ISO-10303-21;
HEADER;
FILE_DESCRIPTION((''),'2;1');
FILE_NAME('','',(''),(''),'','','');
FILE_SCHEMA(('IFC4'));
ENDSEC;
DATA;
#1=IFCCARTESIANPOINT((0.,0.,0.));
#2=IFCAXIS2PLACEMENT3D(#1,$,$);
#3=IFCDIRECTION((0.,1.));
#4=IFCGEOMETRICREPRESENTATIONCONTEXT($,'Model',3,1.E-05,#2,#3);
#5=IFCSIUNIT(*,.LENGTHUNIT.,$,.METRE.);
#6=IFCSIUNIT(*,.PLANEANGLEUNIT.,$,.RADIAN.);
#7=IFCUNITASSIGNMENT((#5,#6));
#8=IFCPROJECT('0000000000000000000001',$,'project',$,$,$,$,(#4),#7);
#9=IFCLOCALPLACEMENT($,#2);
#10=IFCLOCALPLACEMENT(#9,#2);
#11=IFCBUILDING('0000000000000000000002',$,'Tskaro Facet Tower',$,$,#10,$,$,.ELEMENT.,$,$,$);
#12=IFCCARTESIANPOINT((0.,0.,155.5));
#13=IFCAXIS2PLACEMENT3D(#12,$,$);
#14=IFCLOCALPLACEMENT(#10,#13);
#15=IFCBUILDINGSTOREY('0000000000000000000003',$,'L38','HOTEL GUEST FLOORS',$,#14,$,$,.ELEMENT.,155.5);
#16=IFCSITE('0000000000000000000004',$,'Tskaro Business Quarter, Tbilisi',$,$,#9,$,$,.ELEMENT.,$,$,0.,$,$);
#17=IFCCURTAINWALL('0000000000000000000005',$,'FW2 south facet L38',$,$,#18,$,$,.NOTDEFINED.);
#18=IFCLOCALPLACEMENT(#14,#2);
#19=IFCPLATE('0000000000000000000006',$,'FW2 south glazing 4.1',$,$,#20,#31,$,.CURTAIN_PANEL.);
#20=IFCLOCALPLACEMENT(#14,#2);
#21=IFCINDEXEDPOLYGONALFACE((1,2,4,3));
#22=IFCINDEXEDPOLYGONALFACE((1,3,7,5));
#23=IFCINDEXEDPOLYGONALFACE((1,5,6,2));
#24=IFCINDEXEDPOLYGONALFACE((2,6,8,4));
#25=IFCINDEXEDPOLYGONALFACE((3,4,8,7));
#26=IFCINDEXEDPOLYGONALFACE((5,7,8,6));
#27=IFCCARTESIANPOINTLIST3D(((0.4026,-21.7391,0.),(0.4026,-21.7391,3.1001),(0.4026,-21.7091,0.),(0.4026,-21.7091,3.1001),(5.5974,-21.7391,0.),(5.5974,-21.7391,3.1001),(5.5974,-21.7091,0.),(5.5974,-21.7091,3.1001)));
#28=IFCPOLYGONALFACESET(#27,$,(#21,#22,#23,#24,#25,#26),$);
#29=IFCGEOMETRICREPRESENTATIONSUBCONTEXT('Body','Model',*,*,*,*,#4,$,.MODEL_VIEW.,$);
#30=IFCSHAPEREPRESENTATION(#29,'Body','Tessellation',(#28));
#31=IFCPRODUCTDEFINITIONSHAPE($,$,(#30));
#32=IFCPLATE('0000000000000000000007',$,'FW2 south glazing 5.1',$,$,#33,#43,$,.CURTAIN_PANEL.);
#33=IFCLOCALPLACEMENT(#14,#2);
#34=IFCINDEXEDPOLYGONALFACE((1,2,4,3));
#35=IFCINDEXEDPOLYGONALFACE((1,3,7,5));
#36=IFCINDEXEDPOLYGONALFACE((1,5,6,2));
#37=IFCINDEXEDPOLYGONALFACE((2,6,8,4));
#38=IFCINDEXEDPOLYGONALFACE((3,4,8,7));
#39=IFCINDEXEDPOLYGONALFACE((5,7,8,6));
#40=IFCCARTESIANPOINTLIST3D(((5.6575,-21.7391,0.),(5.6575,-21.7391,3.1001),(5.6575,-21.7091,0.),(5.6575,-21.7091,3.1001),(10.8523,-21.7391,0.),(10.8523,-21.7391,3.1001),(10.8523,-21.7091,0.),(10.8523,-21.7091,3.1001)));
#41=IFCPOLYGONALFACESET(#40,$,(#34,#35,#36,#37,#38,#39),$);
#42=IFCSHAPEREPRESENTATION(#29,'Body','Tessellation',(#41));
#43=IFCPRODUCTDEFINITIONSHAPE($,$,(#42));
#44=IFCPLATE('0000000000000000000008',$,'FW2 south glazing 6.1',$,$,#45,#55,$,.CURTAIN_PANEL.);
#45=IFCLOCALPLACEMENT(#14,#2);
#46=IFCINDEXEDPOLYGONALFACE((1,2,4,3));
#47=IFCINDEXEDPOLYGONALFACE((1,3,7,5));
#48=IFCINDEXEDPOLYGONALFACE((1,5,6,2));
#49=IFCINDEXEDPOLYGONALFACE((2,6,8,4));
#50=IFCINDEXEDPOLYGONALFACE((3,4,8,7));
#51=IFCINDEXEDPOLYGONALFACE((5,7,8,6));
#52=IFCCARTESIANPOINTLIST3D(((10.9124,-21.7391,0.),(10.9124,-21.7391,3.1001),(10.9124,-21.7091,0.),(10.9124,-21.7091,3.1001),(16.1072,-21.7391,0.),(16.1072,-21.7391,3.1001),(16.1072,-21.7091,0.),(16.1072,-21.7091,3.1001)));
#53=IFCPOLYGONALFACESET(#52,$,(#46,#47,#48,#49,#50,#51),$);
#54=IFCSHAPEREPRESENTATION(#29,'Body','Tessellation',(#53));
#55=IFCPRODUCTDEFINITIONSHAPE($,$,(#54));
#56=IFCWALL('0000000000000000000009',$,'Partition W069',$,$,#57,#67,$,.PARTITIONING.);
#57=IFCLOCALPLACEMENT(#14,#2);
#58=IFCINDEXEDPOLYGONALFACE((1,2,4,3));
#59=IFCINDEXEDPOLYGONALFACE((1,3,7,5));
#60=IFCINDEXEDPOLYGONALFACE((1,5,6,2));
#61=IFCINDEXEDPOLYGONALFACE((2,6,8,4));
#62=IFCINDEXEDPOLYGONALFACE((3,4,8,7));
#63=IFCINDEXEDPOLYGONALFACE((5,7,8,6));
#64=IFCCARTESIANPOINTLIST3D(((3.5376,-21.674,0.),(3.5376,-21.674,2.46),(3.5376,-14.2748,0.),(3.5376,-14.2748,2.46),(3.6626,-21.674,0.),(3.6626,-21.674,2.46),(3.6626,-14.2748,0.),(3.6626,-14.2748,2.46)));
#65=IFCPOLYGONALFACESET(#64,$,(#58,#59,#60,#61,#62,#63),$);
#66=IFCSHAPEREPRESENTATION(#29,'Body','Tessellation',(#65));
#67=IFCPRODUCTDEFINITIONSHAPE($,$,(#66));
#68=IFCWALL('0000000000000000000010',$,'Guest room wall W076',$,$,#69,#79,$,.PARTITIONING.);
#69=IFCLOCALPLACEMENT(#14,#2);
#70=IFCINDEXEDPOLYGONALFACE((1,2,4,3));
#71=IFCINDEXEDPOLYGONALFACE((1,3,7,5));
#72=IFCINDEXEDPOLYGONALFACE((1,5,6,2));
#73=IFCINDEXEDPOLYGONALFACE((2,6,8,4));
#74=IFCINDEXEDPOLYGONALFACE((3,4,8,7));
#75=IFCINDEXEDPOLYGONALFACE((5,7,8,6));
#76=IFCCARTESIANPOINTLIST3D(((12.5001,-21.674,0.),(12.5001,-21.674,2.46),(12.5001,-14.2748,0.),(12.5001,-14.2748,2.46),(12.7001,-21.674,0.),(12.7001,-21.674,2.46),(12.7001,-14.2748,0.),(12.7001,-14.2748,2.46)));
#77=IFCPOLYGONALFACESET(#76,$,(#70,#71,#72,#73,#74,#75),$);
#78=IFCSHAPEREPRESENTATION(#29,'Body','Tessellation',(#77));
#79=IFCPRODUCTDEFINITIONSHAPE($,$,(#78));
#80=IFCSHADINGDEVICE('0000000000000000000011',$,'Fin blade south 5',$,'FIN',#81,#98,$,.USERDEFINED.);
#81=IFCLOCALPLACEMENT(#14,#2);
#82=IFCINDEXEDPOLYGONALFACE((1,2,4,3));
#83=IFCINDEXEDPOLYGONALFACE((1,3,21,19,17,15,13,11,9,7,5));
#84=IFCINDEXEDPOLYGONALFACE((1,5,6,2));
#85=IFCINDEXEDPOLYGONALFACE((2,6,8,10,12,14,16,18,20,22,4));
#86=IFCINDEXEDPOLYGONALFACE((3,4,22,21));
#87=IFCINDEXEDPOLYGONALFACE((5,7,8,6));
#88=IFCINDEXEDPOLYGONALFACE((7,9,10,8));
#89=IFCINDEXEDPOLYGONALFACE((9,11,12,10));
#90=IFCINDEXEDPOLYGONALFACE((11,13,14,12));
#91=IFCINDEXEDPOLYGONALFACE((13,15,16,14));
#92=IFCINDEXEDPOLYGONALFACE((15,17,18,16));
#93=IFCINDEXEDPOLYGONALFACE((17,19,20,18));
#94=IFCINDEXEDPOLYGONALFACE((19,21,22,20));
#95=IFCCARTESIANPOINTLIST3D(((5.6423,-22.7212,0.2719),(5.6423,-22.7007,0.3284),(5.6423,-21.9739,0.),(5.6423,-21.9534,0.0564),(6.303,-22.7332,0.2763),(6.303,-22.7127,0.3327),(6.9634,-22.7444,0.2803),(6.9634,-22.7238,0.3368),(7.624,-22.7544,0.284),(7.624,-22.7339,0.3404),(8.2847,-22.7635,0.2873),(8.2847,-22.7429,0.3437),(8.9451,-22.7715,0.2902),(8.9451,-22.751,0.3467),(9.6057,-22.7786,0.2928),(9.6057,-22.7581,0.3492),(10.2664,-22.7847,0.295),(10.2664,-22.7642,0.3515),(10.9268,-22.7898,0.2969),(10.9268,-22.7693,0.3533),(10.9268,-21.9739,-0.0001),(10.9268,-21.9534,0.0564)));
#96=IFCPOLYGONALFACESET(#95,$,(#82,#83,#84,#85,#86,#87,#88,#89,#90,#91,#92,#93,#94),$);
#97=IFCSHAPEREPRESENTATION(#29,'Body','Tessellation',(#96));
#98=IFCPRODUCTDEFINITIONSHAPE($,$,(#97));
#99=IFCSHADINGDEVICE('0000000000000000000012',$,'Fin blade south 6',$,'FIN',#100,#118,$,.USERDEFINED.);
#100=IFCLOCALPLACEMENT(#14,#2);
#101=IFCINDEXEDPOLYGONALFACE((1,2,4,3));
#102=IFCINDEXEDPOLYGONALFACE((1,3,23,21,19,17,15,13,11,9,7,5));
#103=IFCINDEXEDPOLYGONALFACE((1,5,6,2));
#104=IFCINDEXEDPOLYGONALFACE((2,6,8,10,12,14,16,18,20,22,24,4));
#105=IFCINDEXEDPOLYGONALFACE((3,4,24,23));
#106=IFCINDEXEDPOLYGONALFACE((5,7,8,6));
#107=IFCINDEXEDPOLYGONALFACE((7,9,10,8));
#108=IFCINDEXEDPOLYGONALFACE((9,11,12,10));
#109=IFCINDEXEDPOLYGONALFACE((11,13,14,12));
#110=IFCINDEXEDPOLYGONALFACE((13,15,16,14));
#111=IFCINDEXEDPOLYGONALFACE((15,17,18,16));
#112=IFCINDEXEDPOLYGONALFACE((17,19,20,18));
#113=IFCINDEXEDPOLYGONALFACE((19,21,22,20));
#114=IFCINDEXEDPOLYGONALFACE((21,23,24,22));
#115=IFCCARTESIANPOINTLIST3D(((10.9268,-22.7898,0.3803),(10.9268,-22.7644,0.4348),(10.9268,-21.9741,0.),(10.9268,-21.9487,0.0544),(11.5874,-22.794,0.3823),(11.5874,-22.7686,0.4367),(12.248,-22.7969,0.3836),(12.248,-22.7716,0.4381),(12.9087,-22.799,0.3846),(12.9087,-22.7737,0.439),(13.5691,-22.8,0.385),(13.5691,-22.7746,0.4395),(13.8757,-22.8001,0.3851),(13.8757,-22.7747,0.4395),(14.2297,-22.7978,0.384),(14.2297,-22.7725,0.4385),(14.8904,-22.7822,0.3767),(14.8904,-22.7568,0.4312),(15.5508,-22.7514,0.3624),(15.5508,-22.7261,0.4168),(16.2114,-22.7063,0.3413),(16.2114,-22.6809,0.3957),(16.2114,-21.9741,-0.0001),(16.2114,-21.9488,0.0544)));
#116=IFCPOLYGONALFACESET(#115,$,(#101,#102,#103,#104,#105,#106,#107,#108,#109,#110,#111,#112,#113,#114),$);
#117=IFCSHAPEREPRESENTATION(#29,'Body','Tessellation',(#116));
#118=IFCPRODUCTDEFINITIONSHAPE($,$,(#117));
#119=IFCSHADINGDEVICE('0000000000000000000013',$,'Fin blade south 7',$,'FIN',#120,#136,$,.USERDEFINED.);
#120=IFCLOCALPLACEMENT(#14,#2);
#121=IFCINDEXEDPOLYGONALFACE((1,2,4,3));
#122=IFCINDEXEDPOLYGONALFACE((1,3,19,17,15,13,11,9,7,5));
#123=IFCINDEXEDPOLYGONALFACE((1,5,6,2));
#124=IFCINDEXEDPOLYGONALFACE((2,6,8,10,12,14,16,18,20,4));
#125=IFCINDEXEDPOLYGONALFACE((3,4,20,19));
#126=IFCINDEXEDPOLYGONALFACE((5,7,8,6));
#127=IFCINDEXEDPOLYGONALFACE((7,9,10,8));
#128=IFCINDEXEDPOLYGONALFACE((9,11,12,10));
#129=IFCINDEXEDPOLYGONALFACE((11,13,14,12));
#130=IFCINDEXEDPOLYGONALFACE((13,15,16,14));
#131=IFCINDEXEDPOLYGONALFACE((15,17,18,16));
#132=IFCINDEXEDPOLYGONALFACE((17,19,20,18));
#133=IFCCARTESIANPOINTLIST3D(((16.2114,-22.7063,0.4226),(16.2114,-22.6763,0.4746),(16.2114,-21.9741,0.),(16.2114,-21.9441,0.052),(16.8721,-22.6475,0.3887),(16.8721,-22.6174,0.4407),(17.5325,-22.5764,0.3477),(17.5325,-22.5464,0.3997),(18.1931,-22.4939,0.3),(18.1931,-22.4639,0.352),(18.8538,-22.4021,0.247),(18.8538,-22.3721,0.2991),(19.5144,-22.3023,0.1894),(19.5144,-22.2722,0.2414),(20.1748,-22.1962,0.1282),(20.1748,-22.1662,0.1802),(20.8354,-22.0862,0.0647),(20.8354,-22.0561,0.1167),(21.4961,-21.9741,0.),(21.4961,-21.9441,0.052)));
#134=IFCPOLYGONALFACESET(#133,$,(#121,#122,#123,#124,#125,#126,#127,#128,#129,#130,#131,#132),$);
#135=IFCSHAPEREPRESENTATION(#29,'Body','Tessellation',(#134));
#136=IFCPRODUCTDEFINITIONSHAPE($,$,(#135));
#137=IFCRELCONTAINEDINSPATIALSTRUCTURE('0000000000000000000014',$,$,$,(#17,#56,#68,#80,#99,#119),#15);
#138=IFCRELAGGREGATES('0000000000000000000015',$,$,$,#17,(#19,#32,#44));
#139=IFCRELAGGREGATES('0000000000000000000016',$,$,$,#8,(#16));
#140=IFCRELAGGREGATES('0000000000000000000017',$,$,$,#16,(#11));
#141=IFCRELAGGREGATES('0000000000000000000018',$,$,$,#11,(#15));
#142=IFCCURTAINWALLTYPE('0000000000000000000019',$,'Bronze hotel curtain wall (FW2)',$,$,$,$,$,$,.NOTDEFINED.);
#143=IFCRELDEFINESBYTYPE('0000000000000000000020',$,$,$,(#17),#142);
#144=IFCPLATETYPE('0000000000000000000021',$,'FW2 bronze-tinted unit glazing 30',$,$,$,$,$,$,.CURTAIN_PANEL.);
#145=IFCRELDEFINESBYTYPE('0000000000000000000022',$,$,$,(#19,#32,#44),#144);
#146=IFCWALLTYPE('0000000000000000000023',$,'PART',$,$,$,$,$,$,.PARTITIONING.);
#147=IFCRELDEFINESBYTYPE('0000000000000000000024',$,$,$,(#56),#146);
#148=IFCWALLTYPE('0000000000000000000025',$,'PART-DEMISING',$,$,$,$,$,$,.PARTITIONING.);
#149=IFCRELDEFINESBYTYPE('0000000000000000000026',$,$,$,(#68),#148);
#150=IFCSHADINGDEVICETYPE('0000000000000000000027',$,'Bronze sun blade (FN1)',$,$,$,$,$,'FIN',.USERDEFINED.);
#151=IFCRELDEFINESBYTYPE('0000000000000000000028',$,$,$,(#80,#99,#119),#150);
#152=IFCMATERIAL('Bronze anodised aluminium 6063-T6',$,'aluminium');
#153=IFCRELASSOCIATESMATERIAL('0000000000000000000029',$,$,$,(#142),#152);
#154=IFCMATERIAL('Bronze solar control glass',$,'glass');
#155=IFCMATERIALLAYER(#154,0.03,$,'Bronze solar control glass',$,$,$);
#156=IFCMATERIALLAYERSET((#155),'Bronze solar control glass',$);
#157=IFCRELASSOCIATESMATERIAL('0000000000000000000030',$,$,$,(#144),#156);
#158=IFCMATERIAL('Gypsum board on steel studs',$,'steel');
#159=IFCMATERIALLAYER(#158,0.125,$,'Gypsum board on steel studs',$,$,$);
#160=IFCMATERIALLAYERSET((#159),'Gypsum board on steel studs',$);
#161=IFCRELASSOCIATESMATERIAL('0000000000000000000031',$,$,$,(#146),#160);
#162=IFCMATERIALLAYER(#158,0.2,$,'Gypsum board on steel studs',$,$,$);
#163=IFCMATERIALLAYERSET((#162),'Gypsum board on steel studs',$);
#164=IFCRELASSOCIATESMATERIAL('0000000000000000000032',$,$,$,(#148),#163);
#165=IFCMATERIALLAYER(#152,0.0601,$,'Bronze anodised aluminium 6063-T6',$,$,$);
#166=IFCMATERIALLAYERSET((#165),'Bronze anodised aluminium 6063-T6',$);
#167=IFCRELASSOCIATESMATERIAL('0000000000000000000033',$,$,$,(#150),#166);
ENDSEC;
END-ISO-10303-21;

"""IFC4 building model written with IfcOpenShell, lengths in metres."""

from ifc_helpers import new_model, si_unit, direction, frame, frame_2d, origin, origin_2d, place, context, subcontext, project, spatial, polyline, rectangle, outline, extrude, material, layer, layer_set, type_object, element, aggregate, save


model = new_model("IFC4")

# Units and contexts
model_context = context("Model", 3, precision=1e-05, world=origin(), true_north=direction((0.0, 1.0)))
body_context = subcontext(model_context, "Body", "Model", "MODEL_VIEW")
ifc_project = project(units=[si_unit("LENGTHUNIT", "METRE"), si_unit("PLANEANGLEUNIT", "RADIAN")], contexts=[model_context])

# Site, building, storey
site_placement = place(None, origin())
site = spatial("IfcSite", under=ifc_project, at=site_placement, Name="Tskaro Business Quarter, Tbilisi", CompositionType="ELEMENT", RefElevation=0.0)
building_placement = place(site_placement, origin())
building = spatial("IfcBuilding", under=site, at=building_placement, Name="Tskaro Facet Tower", CompositionType="ELEMENT")
storey_placement = place(building_placement, frame((0.0, 0.0, 155.5)))
storey = spatial("IfcBuildingStorey", under=building, at=storey_placement, Name="L38", Description="HOTEL GUEST FLOORS", CompositionType="ELEMENT", Elevation=155.5)

# Curtain wall
ifc_material_1 = material(Name="Bronze anodised aluminium 6063-T6", Category="aluminium")
curtain_wall_type = type_object("IfcCurtainWallType", Name="Bronze hotel curtain wall (FW2)", PredefinedType="NOTDEFINED", material=ifc_material_1)
curtain_wall_placement = place(storey_placement, origin())
curtain_wall = element("IfcCurtainWall", 1, at=curtain_wall_placement, inside=storey, type_object=curtain_wall_type, Name="FW2 south facet L38", PredefinedType="NOTDEFINED")

# Plates
ifc_material_2 = material(Name="Bronze solar control glass", Category="glass")
ifc_layer_1 = layer(ifc_material_2, 0.03, Name="Bronze solar control glass")
ifc_layer_set_1 = layer_set([ifc_layer_1], Name="Bronze solar control glass")
plate_type = type_object("IfcPlateType", Name="FW2 bronze-tinted unit glazing 30", PredefinedType="CURTAIN_PANEL", material=ifc_layer_set_1)
plate_1_placement = place(storey_placement, frame((3.0, -21.7241, 0.0), z_axis=(0.0, 0.0, 1.0), x_axis=(1.0, 0.0, 0.0)))
plate_1 = element("IfcPlate", 2, at=plate_1_placement, type_object=plate_type, Name="FW2 south glazing 4.1", PredefinedType="CURTAIN_PANEL", context=body_context, shape_type="SweptSolid", body=[
    extrude(rectangle(XDim=5.1948, YDim=0.03, at=origin_2d()), origin(), (0.0, 0.0, 1.0), 3.1001),
])
plate_2_placement = place(storey_placement, frame((8.2549, -21.7241, 0.0), z_axis=(0.0, 0.0, 1.0), x_axis=(1.0, 0.0, 0.0)))
plate_2 = element("IfcPlate", 3, at=plate_2_placement, type_object=plate_type, Name="FW2 south glazing 5.1", PredefinedType="CURTAIN_PANEL", context=body_context, shape_type="SweptSolid", body=[
    extrude(rectangle(XDim=5.1948, YDim=0.03, at=origin_2d()), origin(), (0.0, 0.0, 1.0), 3.1001),
])
plate_3_placement = place(storey_placement, frame((13.5098, -21.7241, 0.0), z_axis=(0.0, 0.0, 1.0), x_axis=(1.0, 0.0, 0.0)))
plate_3 = element("IfcPlate", 4, at=plate_3_placement, type_object=plate_type, Name="FW2 south glazing 6.1", PredefinedType="CURTAIN_PANEL", context=body_context, shape_type="SweptSolid", body=[
    extrude(rectangle(XDim=5.1948, YDim=0.03, at=origin_2d()), origin(), (0.0, 0.0, 1.0), 3.1001),
])
aggregate(curtain_wall, [plate_1, plate_2, plate_3])

# Walls
ifc_material_3 = material(Name="Gypsum board on steel studs", Category="steel")
ifc_layer_2 = layer(ifc_material_3, 0.125, Name="Gypsum board on steel studs")
ifc_layer_set_2 = layer_set([ifc_layer_2], Name="Gypsum board on steel studs")
wall_type_1 = type_object("IfcWallType", Name="PART", PredefinedType="PARTITIONING", material=ifc_layer_set_2)
wall_1_placement = place(storey_placement, frame((3.6001, -21.6741, 0.0), z_axis=(0.0, 0.0, 1.0), x_axis=(0.0, 1.0, 0.0)))
element("IfcWall", 5, at=wall_1_placement, inside=storey, type_object=wall_type_1, Name="Partition W069", PredefinedType="PARTITIONING", context=body_context, shape_type="SweptSolid", body=[
    extrude(rectangle(XDim=7.3992, YDim=0.125, at=frame_2d((3.6997, 0.0))), origin(), (0.0, 0.0, 1.0), 2.46),
])
ifc_layer_3 = layer(ifc_material_3, 0.2, Name="Gypsum board on steel studs")
ifc_layer_set_3 = layer_set([ifc_layer_3], Name="Gypsum board on steel studs")
wall_type_2 = type_object("IfcWallType", Name="PART-DEMISING", PredefinedType="PARTITIONING", material=ifc_layer_set_3)
wall_2_placement = place(storey_placement, frame((12.6001, -21.6741, 0.0), z_axis=(0.0, 0.0, 1.0), x_axis=(0.0, 1.0, 0.0)))
element("IfcWall", 6, at=wall_2_placement, inside=storey, type_object=wall_type_2, Name="Guest room wall W076", PredefinedType="PARTITIONING", context=body_context, shape_type="SweptSolid", body=[
    extrude(rectangle(XDim=7.3992, YDim=0.2, at=frame_2d((3.6997, 0.0))), origin(), (0.0, 0.0, 1.0), 2.46),
])

# Shading devices
ifc_layer_4 = layer(ifc_material_1, 0.0601, Name="Bronze anodised aluminium 6063-T6")
ifc_layer_set_4 = layer_set([ifc_layer_4], Name="Bronze anodised aluminium 6063-T6")
shading_device_type = type_object("IfcShadingDeviceType", Name="Bronze sun blade (FN1)", ElementType="FIN", PredefinedType="USERDEFINED", material=ifc_layer_set_4)
shading_device_1_placement = place(storey_placement, frame((5.6423, -21.9534, 0.0564), z_axis=(0.000006, 0.341986, 0.939705), x_axis=(1.0, -0.000002, -0.000005)))
element("IfcShadingDevice", 7, at=shading_device_1_placement, inside=storey, type_object=shading_device_type, Name="Fin blade south 5", ObjectType="FIN", PredefinedType="USERDEFINED", context=body_context, shape_type="SweptSolid", body=[
    extrude(outline(polyline([(0.0, 0.0), (5.2844, 0.0), (5.2844, -0.8682), (4.624, -0.8628), (3.9634, -0.8564), (3.3027, -0.8488), (2.6423, -0.8402), (1.9817, -0.8306), (1.321, -0.8199), (0.6606, -0.808), (0.0, -0.7953), (0.0, 0.0)])), origin(), (0.0, 0.0, -1.0), 0.0601),
])
shading_device_2_placement = place(storey_placement, frame((10.9268, -21.9487, 0.0544), z_axis=(0.000013, 0.422569, 0.906331), x_axis=(1.0, -0.000005, -0.000012)))
element("IfcShadingDevice", 8, at=shading_device_2_placement, inside=storey, type_object=shading_device_type, Name="Fin blade south 6", ObjectType="FIN", PredefinedType="USERDEFINED", context=body_context, shape_type="SweptSolid", body=[
    extrude(outline(polyline([(0.0, 0.0), (5.2847, 0.0), (5.2847, -0.8078), (4.624, -0.8576), (3.9636, -0.8916), (3.303, -0.9089), (2.949, -0.9114), (2.6423, -0.9113), (1.9819, -0.9102), (1.3213, -0.9079), (0.6606, -0.9046), (0.0, -0.9), (0.0, 0.0)])), origin(), (0.0, 0.0, -1.0), 0.0601),
])
shading_device_3_placement = place(storey_placement, frame((16.2114, -21.9441, 0.052), z_axis=(-0.000005, 0.499926, 0.866068), x_axis=(1.0, 0.000002, 0.000004)))
element("IfcShadingDevice", 9, at=shading_device_3_placement, inside=storey, type_object=shading_device_type, Name="Fin blade south 7", ObjectType="FIN", PredefinedType="USERDEFINED", context=body_context, shape_type="SweptSolid", body=[
    extrude(outline(polyline([(0.0, 0.0), (5.2847, 0.0), (4.624, -0.1294), (3.9634, -0.2565), (3.303, -0.3789), (2.6423, -0.4942), (1.9817, -0.6002), (1.321, -0.6954), (0.6606, -0.7775), (0.0, -0.8454), (0.0, 0.0)])), origin(), (0.0, 0.0, -1.0), 0.0601),
])

save(model, "model.ifc")
